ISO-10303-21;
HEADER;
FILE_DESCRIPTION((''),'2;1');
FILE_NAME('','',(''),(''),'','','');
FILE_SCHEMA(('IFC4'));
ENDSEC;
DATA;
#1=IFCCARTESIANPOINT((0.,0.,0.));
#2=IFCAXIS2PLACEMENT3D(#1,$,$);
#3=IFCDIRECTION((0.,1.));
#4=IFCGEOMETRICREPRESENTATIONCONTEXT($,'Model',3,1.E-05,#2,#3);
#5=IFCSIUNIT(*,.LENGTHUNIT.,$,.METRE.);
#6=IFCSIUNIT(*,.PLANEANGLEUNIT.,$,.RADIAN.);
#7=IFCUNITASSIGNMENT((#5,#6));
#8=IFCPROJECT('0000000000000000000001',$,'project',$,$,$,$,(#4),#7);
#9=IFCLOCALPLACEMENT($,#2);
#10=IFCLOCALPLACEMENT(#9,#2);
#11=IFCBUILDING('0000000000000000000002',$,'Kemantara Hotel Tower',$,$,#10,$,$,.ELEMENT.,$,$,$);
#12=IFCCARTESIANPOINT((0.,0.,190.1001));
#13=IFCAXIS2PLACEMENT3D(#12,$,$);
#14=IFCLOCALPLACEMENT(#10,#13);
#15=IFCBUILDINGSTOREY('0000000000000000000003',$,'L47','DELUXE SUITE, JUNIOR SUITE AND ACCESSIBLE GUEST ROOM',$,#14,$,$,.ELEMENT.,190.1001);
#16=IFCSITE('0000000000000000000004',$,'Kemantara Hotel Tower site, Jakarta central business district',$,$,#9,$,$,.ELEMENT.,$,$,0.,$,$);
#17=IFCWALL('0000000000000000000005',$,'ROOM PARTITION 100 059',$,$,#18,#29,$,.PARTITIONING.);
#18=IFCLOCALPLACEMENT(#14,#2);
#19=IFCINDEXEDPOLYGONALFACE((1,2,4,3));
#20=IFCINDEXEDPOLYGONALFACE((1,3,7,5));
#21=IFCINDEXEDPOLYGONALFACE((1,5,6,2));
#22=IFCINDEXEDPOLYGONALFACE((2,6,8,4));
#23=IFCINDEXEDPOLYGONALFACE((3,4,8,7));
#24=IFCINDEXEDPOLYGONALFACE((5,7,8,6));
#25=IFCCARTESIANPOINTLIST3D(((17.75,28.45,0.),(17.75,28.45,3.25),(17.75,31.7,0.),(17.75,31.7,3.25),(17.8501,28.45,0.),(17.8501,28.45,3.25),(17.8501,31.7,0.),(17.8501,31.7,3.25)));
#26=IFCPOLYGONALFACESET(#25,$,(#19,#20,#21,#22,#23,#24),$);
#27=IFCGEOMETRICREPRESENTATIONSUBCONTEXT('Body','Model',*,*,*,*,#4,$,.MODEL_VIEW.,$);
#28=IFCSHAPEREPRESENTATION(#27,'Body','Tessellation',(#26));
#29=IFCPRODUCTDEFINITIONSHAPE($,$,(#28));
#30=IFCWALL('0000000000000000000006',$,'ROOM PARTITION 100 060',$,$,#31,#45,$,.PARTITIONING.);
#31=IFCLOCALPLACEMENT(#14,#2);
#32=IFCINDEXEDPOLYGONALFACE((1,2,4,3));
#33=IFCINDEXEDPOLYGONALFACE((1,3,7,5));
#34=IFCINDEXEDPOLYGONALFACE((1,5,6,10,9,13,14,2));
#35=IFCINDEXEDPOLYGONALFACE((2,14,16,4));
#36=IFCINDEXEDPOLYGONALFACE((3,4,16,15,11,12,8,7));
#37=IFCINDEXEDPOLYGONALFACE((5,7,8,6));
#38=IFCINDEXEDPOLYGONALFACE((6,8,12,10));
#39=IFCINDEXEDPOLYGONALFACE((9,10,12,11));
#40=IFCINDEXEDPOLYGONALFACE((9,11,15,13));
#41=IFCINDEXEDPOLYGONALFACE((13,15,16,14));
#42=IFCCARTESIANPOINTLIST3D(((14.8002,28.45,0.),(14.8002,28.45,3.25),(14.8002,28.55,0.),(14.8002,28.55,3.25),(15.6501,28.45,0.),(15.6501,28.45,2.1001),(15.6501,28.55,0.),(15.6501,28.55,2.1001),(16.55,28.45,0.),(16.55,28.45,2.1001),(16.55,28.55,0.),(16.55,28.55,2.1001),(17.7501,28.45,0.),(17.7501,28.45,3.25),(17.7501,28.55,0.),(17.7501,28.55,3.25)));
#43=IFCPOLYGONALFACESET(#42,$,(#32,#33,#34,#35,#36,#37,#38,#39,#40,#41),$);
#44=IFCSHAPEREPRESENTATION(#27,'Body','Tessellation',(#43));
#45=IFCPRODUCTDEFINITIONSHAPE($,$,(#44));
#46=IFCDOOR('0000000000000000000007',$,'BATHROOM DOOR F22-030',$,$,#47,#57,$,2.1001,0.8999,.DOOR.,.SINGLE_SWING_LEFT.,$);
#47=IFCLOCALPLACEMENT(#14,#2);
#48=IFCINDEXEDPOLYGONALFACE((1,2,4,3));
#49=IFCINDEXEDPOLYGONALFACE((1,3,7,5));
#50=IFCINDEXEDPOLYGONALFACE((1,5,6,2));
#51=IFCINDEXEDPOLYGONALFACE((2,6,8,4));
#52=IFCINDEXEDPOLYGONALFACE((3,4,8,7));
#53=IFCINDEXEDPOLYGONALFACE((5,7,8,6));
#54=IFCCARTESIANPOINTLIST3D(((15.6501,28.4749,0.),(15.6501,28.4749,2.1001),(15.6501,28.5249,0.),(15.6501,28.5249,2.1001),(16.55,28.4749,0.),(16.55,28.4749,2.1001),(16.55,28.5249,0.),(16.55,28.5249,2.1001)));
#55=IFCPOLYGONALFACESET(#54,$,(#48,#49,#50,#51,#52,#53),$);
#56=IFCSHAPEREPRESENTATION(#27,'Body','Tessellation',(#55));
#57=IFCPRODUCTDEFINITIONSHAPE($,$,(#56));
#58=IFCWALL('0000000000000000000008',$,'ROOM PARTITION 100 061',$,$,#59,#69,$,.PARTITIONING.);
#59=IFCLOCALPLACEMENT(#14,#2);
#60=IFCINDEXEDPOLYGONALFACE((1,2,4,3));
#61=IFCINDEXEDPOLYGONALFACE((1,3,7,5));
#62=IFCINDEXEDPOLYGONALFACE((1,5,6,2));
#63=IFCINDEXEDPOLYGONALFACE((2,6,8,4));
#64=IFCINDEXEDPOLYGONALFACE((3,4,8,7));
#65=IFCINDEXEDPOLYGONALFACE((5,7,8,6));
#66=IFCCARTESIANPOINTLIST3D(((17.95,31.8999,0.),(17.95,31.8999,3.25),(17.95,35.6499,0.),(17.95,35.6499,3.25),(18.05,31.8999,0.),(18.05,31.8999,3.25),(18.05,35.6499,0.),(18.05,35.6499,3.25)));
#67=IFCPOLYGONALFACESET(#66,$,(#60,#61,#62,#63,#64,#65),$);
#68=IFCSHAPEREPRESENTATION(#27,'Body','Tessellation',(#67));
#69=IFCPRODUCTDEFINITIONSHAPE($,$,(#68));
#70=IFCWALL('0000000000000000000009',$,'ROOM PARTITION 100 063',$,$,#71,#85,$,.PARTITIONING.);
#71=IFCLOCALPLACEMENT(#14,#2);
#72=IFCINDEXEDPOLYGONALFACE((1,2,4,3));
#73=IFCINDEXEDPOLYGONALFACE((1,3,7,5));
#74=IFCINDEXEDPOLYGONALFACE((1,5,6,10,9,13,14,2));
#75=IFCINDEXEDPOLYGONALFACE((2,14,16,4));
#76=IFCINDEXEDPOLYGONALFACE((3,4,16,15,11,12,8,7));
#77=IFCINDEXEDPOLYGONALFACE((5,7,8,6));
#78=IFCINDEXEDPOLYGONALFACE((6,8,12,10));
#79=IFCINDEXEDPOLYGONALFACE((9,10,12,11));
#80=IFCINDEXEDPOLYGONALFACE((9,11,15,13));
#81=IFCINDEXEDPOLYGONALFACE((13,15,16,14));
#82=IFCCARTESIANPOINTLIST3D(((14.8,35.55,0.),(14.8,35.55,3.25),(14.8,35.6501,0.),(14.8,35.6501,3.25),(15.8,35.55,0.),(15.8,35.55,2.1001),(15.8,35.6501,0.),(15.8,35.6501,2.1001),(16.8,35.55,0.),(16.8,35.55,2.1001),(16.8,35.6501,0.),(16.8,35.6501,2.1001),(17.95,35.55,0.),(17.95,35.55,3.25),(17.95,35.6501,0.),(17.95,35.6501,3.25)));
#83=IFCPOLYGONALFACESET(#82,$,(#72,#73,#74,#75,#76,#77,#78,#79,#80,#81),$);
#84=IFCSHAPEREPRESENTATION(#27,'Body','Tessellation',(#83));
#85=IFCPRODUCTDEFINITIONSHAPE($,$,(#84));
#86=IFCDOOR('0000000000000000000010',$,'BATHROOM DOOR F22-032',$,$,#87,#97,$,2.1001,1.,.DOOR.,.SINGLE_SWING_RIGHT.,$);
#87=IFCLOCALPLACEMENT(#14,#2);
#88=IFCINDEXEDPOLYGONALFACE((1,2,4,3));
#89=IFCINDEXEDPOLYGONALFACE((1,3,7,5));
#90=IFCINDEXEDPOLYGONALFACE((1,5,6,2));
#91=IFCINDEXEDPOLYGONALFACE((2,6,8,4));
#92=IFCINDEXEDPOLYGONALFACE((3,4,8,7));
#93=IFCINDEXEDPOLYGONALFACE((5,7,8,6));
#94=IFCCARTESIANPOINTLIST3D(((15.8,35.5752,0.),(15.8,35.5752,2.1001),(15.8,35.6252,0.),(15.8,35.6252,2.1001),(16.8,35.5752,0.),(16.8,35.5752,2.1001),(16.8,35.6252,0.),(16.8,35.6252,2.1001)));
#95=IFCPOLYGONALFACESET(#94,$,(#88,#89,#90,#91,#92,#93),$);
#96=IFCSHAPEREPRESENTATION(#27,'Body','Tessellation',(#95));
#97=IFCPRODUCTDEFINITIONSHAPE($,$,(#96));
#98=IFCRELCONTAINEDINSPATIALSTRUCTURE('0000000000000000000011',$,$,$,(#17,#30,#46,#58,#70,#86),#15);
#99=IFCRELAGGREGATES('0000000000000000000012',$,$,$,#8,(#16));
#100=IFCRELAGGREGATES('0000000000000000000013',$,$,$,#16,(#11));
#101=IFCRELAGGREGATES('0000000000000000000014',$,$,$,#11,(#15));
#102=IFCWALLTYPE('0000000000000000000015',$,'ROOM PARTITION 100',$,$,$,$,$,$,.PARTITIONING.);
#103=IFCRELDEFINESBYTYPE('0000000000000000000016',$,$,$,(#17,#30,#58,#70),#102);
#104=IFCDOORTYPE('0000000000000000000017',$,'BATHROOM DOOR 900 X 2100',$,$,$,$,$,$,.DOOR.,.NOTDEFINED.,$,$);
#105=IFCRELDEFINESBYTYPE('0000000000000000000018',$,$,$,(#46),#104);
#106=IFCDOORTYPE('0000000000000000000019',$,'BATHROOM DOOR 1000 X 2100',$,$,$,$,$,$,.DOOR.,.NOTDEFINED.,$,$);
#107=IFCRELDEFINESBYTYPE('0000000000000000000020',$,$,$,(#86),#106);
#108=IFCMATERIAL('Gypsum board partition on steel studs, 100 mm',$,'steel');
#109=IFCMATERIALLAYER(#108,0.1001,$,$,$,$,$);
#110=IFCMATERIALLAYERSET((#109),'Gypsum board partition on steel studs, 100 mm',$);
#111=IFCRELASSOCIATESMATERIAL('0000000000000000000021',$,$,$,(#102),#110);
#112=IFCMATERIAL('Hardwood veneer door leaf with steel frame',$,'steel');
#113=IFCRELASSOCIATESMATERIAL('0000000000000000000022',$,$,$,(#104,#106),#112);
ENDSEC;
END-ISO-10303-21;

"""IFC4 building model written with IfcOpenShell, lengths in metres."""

from ifc_helpers import new_model, si_unit, direction, frame, frame_2d, origin, place, context, subcontext, project, spatial, rectangle, extrude, material, layer, layer_set, type_object, element, fill, save


model = new_model("IFC4")

# Units and contexts
model_context = context("Model", 3, precision=1e-05, world=origin(), true_north=direction((0.0, 1.0)))
body_context = subcontext(model_context, "Body", "Model", "MODEL_VIEW")
ifc_project = project(units=[si_unit("LENGTHUNIT", "METRE"), si_unit("PLANEANGLEUNIT", "RADIAN")], contexts=[model_context])

# Site, building, storey
site_placement = place(None, origin())
site = spatial("IfcSite", under=ifc_project, at=site_placement, Name="Kemantara Hotel Tower site, Jakarta central business district", CompositionType="ELEMENT", RefElevation=0.0)
building_placement = place(site_placement, origin())
building = spatial("IfcBuilding", under=site, at=building_placement, Name="Kemantara Hotel Tower", CompositionType="ELEMENT")
storey_placement = place(building_placement, frame((0.0, 0.0, 190.1001)))
storey = spatial("IfcBuildingStorey", under=building, at=storey_placement, Name="L47", Description="DELUXE SUITE, JUNIOR SUITE AND ACCESSIBLE GUEST ROOM", CompositionType="ELEMENT", Elevation=190.1001)

# Wall
ifc_material_1 = material(Name="Gypsum board partition on steel studs, 100 mm", Category="steel")
ifc_layer_1 = layer(ifc_material_1, 0.1001)
ifc_layer_set_1 = layer_set([ifc_layer_1], Name="Gypsum board partition on steel studs, 100 mm")
wall_type_1 = type_object("IfcWallType", Name="ROOM PARTITION 100", PredefinedType="PARTITIONING", material=ifc_layer_set_1)
wall_1_placement = place(storey_placement, frame((17.8, 28.45, 0.0), z_axis=(0.0, 0.0, 1.0), x_axis=(0.0, 1.0, 0.0)))
element("IfcWall", 1, at=wall_1_placement, inside=storey, type_object=wall_type_1, Name="ROOM PARTITION 100 059", PredefinedType="PARTITIONING", context=body_context, shape_type="SweptSolid", body=[
    extrude(rectangle(XDim=3.25, YDim=0.1001, at=frame_2d((1.625, 0.0))), origin(), (0.0, 0.0, 1.0), 3.25),
])

# Wall, opening, door
wall_2_placement = place(storey_placement, frame((14.8, 28.5, 0.0), z_axis=(0.0, 0.0, 1.0), x_axis=(1.0, 0.0, 0.0)))
wall_2 = element("IfcWall", 2, at=wall_2_placement, inside=storey, type_object=wall_type_1, Name="ROOM PARTITION 100 060", PredefinedType="PARTITIONING", context=body_context, shape_type="SweptSolid", body=[
    extrude(rectangle(XDim=2.95, YDim=0.1001, at=frame_2d((1.4751, 0.0))), origin(), (0.0, 0.0, 1.0), 3.25),
])
opening_1_placement = place(wall_2_placement, frame((0.8501, 0.0, 0.0)))
opening_1 = element("IfcOpeningElement", 3, at=opening_1_placement, cuts=wall_2, PredefinedType="OPENING", context=body_context, shape_type="SweptSolid", body=[
    extrude(rectangle(XDim=0.8999, YDim=2.1001, at=frame_2d((0.45, 1.05))), frame((0.0, 0.0601, 0.0), z_axis=(0.0, -1.0, 0.0), x_axis=(1.0, 0.0, 0.0)), (0.0, 0.0, 1.0), 0.1201),
])
ifc_material_2 = material(Name="Hardwood veneer door leaf with steel frame", Category="steel")
door_type_1 = type_object("IfcDoorType", Name="BATHROOM DOOR 900 X 2100", OperationType="NOTDEFINED", PredefinedType="DOOR", material=ifc_material_2)
door_1_placement = place(opening_1_placement, origin())
door_1 = element("IfcDoor", 4, at=door_1_placement, inside=storey, type_object=door_type_1, Name="BATHROOM DOOR F22-030", OperationType="SINGLE_SWING_LEFT", OverallHeight=2.1001, OverallWidth=0.8999, PredefinedType="DOOR", context=body_context, shape_type="SweptSolid", body=[
    extrude(rectangle(XDim=0.8999, YDim=2.1001, at=frame_2d((0.45, 1.05))), frame((0.0, 0.0249, 0.0), z_axis=(0.0, -1.0, 0.0), x_axis=(1.0, 0.0, 0.0)), (0.0, 0.0, 1.0), 0.05),
])
fill(opening_1, door_1)

# Wall
wall_3_placement = place(storey_placement, frame((18.0, 31.8999, 0.0), z_axis=(0.0, 0.0, 1.0), x_axis=(0.0, 1.0, 0.0)))
element("IfcWall", 5, at=wall_3_placement, inside=storey, type_object=wall_type_1, Name="ROOM PARTITION 100 061", PredefinedType="PARTITIONING", context=body_context, shape_type="SweptSolid", body=[
    extrude(rectangle(XDim=3.75, YDim=0.1001, at=frame_2d((1.875, 0.0))), origin(), (0.0, 0.0, 1.0), 3.25),
])

# Wall, opening, door
wall_4_placement = place(storey_placement, frame((17.95, 35.6001, 0.0), z_axis=(0.0, 0.0, 1.0), x_axis=(-1.0, 0.0, 0.0)))
wall_4 = element("IfcWall", 6, at=wall_4_placement, inside=storey, type_object=wall_type_1, Name="ROOM PARTITION 100 063", PredefinedType="PARTITIONING", context=body_context, shape_type="SweptSolid", body=[
    extrude(rectangle(XDim=3.1499, YDim=0.1001, at=frame_2d((1.575, 0.0))), origin(), (0.0, 0.0, 1.0), 3.25),
])
opening_2_placement = place(wall_4_placement, frame((1.1499, 0.0, 0.0)))
opening_2 = element("IfcOpeningElement", 7, at=opening_2_placement, cuts=wall_4, PredefinedType="OPENING", context=body_context, shape_type="SweptSolid", body=[
    extrude(rectangle(XDim=1.0, YDim=2.1001, at=frame_2d((0.5, 1.05))), frame((0.0, 0.0601, 0.0), z_axis=(0.0, -1.0, 0.0), x_axis=(1.0, 0.0, 0.0)), (0.0, 0.0, 1.0), 0.1201),
])
door_type_2 = type_object("IfcDoorType", Name="BATHROOM DOOR 1000 X 2100", OperationType="NOTDEFINED", PredefinedType="DOOR", material=ifc_material_2)
door_2_placement = place(opening_2_placement, origin())
door_2 = element("IfcDoor", 8, at=door_2_placement, inside=storey, type_object=door_type_2, Name="BATHROOM DOOR F22-032", OperationType="SINGLE_SWING_RIGHT", OverallHeight=2.1001, OverallWidth=1.0, PredefinedType="DOOR", context=body_context, shape_type="SweptSolid", body=[
    extrude(rectangle(XDim=1.0, YDim=2.1001, at=frame_2d((0.5, 1.05))), frame((0.0, 0.0249, 0.0), z_axis=(0.0, -1.0, 0.0), x_axis=(1.0, 0.0, 0.0)), (0.0, 0.0, 1.0), 0.05),
])
fill(opening_2, door_2)

save(model, "model.ifc")
